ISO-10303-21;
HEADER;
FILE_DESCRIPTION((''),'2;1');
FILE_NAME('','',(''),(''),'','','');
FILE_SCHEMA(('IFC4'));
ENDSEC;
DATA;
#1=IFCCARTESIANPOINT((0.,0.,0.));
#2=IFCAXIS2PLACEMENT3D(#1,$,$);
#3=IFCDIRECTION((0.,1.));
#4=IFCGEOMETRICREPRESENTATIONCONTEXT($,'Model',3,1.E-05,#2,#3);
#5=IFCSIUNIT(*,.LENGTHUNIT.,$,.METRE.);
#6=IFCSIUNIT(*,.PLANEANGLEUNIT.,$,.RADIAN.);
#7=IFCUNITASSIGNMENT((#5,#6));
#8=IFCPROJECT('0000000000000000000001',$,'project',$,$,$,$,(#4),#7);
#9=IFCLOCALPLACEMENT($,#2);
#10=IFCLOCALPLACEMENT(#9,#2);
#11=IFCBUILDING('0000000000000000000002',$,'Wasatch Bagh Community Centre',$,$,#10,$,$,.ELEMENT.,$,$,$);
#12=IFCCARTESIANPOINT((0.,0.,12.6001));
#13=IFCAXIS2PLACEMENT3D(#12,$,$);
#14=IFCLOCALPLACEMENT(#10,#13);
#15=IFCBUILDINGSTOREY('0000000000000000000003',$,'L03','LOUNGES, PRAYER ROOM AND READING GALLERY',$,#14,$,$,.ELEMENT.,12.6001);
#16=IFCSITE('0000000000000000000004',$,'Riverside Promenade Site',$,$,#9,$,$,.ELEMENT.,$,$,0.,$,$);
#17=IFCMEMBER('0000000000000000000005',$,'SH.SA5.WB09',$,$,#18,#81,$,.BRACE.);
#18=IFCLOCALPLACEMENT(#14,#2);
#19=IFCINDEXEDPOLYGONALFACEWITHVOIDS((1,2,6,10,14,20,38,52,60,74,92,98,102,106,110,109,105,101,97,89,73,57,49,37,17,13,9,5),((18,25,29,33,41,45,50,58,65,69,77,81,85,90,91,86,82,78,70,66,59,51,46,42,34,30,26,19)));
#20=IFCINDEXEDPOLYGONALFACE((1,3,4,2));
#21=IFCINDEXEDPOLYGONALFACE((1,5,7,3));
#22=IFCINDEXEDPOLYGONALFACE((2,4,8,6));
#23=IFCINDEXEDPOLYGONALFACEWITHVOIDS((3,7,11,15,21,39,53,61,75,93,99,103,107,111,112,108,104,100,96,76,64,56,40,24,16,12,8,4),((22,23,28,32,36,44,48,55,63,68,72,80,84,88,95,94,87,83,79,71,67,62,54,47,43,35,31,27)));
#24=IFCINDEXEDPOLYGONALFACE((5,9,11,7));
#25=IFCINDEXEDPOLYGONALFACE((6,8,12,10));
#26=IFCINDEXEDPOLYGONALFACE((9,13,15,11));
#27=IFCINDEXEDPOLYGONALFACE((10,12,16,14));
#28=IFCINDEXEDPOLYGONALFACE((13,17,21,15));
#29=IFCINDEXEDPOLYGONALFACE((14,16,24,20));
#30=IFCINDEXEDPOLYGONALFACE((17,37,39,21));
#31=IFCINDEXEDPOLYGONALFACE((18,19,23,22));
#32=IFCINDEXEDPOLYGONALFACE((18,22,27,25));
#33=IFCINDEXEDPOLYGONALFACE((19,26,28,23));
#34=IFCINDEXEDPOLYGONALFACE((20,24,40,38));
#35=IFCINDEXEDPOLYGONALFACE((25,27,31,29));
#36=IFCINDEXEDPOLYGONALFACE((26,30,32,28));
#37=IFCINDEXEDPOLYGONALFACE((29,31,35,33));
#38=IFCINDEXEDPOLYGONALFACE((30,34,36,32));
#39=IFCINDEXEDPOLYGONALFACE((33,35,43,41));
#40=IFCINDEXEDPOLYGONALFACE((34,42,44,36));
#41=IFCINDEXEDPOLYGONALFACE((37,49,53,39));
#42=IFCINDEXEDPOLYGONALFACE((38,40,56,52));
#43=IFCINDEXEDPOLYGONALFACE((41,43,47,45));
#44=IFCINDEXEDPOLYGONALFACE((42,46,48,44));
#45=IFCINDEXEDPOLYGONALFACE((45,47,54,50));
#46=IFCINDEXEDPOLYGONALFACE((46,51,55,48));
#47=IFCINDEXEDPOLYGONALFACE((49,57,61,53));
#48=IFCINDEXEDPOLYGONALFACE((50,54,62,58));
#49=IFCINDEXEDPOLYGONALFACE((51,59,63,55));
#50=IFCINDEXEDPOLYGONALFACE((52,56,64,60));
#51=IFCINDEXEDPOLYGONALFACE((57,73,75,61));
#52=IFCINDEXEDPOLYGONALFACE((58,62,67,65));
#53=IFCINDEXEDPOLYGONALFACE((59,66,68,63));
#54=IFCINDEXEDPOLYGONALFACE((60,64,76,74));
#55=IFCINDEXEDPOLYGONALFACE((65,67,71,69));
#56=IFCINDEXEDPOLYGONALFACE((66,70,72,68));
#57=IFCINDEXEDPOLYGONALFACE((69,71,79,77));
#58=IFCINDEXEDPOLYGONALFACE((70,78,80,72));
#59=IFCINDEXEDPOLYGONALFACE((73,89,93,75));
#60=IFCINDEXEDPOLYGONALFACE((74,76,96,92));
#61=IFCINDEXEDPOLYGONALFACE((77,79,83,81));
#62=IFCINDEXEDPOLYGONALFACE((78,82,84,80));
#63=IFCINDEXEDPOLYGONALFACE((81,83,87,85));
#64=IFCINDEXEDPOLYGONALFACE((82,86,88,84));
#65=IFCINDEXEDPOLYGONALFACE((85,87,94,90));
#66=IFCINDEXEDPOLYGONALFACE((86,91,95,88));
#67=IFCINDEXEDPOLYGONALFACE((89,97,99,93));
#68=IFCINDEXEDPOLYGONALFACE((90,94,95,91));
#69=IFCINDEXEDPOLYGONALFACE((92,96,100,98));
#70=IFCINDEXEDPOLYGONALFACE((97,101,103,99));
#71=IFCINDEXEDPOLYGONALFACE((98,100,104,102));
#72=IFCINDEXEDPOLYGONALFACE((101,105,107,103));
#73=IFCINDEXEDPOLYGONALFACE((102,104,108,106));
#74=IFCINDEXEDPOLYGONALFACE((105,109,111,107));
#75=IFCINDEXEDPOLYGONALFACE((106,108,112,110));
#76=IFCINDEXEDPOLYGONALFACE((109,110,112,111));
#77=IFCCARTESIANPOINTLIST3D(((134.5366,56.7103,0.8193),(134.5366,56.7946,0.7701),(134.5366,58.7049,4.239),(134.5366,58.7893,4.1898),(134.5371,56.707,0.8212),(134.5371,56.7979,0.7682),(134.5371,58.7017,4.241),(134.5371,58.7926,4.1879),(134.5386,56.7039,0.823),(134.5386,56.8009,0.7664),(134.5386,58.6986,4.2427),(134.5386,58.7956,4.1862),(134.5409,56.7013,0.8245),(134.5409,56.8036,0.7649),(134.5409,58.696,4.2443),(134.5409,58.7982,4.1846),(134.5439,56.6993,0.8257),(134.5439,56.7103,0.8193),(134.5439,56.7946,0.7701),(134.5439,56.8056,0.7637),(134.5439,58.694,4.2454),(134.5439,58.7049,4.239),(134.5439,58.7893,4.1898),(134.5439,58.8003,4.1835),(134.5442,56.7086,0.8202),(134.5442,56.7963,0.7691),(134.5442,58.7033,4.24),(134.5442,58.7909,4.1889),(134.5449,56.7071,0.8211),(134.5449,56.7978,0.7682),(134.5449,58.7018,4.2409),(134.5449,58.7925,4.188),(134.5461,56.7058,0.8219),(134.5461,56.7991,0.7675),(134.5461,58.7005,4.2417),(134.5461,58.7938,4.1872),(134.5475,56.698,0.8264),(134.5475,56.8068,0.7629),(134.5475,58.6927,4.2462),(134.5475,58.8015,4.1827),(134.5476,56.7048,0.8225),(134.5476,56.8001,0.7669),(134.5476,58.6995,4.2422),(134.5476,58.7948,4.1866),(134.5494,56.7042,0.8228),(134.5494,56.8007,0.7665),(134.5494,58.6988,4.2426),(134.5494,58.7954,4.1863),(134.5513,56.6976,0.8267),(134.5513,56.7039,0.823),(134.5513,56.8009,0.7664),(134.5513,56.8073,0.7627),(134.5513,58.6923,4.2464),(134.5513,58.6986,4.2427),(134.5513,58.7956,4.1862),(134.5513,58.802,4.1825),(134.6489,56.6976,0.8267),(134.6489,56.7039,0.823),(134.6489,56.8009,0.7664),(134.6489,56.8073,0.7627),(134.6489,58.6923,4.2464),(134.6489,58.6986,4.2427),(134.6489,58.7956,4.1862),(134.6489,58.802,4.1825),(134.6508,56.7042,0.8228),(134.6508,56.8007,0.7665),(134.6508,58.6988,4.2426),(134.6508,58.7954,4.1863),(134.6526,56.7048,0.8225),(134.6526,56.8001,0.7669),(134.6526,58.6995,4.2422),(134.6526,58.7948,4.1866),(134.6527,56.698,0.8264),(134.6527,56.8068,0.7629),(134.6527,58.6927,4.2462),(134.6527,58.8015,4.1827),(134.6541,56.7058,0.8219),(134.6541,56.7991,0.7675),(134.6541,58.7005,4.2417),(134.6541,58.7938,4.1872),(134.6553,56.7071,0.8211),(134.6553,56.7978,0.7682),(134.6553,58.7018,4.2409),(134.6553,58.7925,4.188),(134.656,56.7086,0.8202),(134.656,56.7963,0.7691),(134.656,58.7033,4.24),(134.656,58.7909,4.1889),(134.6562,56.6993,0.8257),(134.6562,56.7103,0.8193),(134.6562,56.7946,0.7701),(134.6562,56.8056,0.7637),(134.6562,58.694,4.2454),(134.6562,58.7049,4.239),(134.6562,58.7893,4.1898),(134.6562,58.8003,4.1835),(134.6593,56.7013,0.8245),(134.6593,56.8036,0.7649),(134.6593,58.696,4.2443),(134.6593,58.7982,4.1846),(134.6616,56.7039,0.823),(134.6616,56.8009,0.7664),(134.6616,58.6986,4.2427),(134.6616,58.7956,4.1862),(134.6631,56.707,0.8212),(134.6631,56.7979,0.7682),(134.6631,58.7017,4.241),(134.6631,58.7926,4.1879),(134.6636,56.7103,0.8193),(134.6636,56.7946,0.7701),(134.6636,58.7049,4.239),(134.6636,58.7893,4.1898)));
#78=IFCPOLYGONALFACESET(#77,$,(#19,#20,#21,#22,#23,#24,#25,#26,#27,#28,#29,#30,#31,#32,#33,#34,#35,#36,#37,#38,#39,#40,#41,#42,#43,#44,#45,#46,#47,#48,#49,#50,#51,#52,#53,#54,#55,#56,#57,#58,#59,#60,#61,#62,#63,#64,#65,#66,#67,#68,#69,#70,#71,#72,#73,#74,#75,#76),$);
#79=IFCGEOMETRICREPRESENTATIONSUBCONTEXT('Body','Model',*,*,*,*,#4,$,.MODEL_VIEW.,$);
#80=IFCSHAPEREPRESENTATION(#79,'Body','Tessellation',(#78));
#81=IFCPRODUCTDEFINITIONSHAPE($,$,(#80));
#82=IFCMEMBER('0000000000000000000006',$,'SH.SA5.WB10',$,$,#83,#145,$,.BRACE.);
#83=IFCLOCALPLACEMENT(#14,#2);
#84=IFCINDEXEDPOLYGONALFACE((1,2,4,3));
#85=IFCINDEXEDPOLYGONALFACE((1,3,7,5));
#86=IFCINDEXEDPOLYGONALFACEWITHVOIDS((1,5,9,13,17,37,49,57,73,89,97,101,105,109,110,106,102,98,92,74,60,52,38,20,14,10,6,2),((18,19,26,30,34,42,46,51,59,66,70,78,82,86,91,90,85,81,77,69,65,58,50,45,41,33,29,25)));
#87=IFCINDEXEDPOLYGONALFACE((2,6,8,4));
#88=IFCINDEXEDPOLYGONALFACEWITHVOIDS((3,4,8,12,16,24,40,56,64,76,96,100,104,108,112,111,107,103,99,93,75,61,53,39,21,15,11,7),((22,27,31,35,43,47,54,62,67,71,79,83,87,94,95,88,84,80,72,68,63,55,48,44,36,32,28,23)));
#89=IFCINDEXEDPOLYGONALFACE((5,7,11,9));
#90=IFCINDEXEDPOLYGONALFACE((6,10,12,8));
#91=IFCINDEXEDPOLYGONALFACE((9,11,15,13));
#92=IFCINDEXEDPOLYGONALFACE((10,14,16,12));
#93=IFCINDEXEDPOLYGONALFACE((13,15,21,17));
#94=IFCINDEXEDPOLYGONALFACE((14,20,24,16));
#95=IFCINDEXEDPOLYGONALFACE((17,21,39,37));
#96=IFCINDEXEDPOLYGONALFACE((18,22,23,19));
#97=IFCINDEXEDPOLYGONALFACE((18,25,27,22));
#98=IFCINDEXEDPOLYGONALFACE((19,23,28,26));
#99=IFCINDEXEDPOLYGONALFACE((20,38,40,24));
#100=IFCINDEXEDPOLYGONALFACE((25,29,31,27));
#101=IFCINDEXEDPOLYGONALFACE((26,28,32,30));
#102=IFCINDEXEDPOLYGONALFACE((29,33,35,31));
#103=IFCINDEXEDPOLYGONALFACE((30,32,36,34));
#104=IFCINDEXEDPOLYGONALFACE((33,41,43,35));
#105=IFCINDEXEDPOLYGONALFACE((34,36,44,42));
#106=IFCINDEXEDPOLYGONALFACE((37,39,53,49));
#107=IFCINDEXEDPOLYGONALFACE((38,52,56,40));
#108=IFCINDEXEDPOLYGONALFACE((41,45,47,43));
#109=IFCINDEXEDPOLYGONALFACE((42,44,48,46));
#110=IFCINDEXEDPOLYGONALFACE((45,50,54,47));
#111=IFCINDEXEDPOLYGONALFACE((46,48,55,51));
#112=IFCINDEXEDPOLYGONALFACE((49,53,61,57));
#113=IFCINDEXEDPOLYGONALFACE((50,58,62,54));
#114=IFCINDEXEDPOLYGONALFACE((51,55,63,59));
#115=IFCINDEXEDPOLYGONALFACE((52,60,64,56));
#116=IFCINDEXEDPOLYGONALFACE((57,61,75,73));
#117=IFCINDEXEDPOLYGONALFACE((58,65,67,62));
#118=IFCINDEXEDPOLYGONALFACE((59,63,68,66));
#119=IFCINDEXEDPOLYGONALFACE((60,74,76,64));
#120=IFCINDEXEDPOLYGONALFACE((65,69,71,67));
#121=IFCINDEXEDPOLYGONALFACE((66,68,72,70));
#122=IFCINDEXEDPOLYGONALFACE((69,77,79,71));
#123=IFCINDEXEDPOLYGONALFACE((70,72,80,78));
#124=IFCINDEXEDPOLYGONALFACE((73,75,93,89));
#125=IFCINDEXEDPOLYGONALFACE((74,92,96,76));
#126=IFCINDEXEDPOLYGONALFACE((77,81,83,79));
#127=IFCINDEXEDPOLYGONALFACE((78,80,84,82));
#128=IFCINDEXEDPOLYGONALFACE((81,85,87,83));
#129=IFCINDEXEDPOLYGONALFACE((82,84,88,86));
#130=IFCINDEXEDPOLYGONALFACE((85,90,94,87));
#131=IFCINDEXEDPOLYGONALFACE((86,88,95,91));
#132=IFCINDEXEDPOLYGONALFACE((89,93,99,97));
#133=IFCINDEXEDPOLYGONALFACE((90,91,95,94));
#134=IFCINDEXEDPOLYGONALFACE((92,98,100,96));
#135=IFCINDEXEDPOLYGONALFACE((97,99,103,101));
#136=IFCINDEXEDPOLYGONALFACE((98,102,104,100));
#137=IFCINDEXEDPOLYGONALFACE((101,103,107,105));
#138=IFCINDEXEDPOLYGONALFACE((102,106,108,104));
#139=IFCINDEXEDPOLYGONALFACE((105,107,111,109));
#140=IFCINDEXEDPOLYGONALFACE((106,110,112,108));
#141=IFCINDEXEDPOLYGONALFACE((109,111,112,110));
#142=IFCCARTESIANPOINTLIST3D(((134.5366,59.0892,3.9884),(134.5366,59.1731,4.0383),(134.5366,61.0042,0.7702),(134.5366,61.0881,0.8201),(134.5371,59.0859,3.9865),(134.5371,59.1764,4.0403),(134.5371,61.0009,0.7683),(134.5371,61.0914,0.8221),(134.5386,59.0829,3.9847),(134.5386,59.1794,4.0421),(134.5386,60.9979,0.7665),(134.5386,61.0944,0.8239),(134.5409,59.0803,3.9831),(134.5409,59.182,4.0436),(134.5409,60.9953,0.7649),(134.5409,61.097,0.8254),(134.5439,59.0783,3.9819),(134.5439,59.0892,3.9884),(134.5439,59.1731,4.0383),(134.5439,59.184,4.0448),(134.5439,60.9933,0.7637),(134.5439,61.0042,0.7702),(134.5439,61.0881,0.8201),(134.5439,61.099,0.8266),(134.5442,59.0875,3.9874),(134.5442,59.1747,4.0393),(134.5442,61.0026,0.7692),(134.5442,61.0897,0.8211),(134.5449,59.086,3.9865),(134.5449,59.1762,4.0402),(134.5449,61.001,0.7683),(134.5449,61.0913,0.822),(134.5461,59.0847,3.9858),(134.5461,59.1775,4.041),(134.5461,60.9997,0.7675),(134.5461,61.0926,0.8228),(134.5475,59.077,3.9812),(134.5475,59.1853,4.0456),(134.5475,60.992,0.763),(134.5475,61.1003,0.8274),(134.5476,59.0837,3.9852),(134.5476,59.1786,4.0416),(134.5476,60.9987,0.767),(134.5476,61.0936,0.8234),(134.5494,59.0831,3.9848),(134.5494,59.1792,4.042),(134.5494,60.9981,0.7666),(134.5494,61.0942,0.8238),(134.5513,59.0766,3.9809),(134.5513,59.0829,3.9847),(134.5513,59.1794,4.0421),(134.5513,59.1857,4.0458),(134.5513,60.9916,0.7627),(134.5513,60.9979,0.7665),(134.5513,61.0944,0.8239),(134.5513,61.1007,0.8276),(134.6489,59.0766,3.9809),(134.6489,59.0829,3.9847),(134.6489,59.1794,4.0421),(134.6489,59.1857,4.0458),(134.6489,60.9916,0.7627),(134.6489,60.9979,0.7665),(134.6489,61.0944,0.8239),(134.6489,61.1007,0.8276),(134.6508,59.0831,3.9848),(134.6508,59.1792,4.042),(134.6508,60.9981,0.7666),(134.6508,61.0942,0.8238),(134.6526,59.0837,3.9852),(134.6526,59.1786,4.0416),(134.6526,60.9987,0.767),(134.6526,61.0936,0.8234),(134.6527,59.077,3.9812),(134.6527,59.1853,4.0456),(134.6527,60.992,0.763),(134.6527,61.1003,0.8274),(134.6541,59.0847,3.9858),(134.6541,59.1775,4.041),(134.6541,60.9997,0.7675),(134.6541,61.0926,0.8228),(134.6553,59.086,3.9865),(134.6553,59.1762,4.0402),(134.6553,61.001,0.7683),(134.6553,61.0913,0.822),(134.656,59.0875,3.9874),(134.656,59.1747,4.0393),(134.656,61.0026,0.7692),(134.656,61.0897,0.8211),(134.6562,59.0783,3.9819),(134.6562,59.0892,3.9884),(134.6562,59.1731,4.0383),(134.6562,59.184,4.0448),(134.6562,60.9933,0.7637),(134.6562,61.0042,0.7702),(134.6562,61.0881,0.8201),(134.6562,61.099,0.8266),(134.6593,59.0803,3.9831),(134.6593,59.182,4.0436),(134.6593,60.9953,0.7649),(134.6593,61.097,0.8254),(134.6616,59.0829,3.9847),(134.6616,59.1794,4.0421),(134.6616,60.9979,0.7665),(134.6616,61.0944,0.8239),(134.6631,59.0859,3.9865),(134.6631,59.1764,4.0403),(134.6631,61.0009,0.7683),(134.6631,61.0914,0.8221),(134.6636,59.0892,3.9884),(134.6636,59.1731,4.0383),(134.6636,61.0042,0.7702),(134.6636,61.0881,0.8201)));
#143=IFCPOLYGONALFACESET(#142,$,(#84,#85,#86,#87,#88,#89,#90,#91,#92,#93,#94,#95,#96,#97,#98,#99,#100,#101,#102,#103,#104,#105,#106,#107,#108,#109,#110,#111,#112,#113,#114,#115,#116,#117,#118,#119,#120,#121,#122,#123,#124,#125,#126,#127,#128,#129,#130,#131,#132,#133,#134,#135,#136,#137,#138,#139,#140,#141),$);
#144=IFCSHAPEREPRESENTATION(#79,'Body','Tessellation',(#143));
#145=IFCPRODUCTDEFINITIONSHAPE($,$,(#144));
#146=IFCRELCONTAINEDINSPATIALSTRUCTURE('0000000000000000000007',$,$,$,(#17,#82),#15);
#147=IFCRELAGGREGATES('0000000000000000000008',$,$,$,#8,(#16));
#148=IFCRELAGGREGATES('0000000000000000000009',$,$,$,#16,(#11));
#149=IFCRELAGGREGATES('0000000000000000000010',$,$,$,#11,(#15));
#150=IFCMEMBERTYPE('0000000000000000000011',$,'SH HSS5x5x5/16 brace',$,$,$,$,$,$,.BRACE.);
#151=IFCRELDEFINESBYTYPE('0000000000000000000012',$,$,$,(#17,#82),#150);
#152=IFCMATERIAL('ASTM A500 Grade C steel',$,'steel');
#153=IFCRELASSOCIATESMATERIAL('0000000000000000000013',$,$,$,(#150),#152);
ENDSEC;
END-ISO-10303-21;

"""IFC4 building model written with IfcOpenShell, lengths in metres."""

from ifc_helpers import new_model, si_unit, direction, frame, origin, origin_2d, place, context, subcontext, project, spatial, hollow_rectangle, extrude, material, material_profile, profile_set, type_object, element, save


model = new_model("IFC4")

# Units and contexts
model_context = context("Model", 3, precision=1e-05, world=origin(), true_north=direction((0.0, 1.0)))
body_context = subcontext(model_context, "Body", "Model", "MODEL_VIEW")
ifc_project = project(units=[si_unit("LENGTHUNIT", "METRE"), si_unit("PLANEANGLEUNIT", "RADIAN")], contexts=[model_context])

# Site, building, storey
site_placement = place(None, origin())
site = spatial("IfcSite", under=ifc_project, at=site_placement, Name="Riverside Promenade Site", CompositionType="ELEMENT", RefElevation=0.0)
building_placement = place(site_placement, origin())
building = spatial("IfcBuilding", under=site, at=building_placement, Name="Wasatch Bagh Community Centre", CompositionType="ELEMENT")
storey_placement = place(building_placement, frame((0.0, 0.0, 12.6001)))
storey = spatial("IfcBuildingStorey", under=building, at=storey_placement, Name="L03", Description="LOUNGES, PRAYER ROOM AND READING GALLERY", CompositionType="ELEMENT", Elevation=12.6001)

# Members
ifc_material_1 = material(Name="ASTM A500 Grade C steel", Category="steel")
ifc_material_profile_1 = material_profile(ifc_material_1, hollow_rectangle(XDim=0.127, YDim=0.127, WallThickness=0.0073, InnerFilletRadius=0.0073, OuterFilletRadius=0.0146, at=origin_2d()), Name="HSS5x5x5/16")
ifc_profile_set_1 = profile_set([ifc_material_profile_1], Name="ASTM A500 Grade C steel")
member_type_1 = type_object("IfcMemberType", Name="SH HSS5x5x5/16 brace", PredefinedType="BRACE", material=ifc_profile_set_1)
member_1_placement = place(storey_placement, frame((134.6001, 56.7524, 0.7947), z_axis=(0.0, 0.503837, 0.863799), x_axis=(-1.0, 0.0, 0.0)))
element("IfcMember", 1, at=member_1_placement, inside=storey, type_object=member_type_1, Name="SH.SA5.WB09", PredefinedType="BRACE", context=body_context, shape_type="SweptSolid", body=[
    extrude(hollow_rectangle(XDim=0.127, YDim=0.127, WallThickness=0.0073, InnerFilletRadius=0.0073, OuterFilletRadius=0.0146, at=origin_2d()), origin(), (0.0, 0.0, 1.0), 3.959),
])
member_2_placement = place(storey_placement, frame((134.6001, 61.0461, 0.7952), z_axis=(0.0, -0.511367, 0.859362), x_axis=(1.0, 0.0, 0.0)))
element("IfcMember", 2, at=member_2_placement, inside=storey, type_object=member_type_1, Name="SH.SA5.WB10", PredefinedType="BRACE", context=body_context, shape_type="SweptSolid", body=[
    extrude(hollow_rectangle(XDim=0.127, YDim=0.127, WallThickness=0.0073, InnerFilletRadius=0.0073, OuterFilletRadius=0.0146, at=origin_2d()), origin(), (0.0, 0.0, 1.0), 3.7449),
])

save(model, "model.ifc")
